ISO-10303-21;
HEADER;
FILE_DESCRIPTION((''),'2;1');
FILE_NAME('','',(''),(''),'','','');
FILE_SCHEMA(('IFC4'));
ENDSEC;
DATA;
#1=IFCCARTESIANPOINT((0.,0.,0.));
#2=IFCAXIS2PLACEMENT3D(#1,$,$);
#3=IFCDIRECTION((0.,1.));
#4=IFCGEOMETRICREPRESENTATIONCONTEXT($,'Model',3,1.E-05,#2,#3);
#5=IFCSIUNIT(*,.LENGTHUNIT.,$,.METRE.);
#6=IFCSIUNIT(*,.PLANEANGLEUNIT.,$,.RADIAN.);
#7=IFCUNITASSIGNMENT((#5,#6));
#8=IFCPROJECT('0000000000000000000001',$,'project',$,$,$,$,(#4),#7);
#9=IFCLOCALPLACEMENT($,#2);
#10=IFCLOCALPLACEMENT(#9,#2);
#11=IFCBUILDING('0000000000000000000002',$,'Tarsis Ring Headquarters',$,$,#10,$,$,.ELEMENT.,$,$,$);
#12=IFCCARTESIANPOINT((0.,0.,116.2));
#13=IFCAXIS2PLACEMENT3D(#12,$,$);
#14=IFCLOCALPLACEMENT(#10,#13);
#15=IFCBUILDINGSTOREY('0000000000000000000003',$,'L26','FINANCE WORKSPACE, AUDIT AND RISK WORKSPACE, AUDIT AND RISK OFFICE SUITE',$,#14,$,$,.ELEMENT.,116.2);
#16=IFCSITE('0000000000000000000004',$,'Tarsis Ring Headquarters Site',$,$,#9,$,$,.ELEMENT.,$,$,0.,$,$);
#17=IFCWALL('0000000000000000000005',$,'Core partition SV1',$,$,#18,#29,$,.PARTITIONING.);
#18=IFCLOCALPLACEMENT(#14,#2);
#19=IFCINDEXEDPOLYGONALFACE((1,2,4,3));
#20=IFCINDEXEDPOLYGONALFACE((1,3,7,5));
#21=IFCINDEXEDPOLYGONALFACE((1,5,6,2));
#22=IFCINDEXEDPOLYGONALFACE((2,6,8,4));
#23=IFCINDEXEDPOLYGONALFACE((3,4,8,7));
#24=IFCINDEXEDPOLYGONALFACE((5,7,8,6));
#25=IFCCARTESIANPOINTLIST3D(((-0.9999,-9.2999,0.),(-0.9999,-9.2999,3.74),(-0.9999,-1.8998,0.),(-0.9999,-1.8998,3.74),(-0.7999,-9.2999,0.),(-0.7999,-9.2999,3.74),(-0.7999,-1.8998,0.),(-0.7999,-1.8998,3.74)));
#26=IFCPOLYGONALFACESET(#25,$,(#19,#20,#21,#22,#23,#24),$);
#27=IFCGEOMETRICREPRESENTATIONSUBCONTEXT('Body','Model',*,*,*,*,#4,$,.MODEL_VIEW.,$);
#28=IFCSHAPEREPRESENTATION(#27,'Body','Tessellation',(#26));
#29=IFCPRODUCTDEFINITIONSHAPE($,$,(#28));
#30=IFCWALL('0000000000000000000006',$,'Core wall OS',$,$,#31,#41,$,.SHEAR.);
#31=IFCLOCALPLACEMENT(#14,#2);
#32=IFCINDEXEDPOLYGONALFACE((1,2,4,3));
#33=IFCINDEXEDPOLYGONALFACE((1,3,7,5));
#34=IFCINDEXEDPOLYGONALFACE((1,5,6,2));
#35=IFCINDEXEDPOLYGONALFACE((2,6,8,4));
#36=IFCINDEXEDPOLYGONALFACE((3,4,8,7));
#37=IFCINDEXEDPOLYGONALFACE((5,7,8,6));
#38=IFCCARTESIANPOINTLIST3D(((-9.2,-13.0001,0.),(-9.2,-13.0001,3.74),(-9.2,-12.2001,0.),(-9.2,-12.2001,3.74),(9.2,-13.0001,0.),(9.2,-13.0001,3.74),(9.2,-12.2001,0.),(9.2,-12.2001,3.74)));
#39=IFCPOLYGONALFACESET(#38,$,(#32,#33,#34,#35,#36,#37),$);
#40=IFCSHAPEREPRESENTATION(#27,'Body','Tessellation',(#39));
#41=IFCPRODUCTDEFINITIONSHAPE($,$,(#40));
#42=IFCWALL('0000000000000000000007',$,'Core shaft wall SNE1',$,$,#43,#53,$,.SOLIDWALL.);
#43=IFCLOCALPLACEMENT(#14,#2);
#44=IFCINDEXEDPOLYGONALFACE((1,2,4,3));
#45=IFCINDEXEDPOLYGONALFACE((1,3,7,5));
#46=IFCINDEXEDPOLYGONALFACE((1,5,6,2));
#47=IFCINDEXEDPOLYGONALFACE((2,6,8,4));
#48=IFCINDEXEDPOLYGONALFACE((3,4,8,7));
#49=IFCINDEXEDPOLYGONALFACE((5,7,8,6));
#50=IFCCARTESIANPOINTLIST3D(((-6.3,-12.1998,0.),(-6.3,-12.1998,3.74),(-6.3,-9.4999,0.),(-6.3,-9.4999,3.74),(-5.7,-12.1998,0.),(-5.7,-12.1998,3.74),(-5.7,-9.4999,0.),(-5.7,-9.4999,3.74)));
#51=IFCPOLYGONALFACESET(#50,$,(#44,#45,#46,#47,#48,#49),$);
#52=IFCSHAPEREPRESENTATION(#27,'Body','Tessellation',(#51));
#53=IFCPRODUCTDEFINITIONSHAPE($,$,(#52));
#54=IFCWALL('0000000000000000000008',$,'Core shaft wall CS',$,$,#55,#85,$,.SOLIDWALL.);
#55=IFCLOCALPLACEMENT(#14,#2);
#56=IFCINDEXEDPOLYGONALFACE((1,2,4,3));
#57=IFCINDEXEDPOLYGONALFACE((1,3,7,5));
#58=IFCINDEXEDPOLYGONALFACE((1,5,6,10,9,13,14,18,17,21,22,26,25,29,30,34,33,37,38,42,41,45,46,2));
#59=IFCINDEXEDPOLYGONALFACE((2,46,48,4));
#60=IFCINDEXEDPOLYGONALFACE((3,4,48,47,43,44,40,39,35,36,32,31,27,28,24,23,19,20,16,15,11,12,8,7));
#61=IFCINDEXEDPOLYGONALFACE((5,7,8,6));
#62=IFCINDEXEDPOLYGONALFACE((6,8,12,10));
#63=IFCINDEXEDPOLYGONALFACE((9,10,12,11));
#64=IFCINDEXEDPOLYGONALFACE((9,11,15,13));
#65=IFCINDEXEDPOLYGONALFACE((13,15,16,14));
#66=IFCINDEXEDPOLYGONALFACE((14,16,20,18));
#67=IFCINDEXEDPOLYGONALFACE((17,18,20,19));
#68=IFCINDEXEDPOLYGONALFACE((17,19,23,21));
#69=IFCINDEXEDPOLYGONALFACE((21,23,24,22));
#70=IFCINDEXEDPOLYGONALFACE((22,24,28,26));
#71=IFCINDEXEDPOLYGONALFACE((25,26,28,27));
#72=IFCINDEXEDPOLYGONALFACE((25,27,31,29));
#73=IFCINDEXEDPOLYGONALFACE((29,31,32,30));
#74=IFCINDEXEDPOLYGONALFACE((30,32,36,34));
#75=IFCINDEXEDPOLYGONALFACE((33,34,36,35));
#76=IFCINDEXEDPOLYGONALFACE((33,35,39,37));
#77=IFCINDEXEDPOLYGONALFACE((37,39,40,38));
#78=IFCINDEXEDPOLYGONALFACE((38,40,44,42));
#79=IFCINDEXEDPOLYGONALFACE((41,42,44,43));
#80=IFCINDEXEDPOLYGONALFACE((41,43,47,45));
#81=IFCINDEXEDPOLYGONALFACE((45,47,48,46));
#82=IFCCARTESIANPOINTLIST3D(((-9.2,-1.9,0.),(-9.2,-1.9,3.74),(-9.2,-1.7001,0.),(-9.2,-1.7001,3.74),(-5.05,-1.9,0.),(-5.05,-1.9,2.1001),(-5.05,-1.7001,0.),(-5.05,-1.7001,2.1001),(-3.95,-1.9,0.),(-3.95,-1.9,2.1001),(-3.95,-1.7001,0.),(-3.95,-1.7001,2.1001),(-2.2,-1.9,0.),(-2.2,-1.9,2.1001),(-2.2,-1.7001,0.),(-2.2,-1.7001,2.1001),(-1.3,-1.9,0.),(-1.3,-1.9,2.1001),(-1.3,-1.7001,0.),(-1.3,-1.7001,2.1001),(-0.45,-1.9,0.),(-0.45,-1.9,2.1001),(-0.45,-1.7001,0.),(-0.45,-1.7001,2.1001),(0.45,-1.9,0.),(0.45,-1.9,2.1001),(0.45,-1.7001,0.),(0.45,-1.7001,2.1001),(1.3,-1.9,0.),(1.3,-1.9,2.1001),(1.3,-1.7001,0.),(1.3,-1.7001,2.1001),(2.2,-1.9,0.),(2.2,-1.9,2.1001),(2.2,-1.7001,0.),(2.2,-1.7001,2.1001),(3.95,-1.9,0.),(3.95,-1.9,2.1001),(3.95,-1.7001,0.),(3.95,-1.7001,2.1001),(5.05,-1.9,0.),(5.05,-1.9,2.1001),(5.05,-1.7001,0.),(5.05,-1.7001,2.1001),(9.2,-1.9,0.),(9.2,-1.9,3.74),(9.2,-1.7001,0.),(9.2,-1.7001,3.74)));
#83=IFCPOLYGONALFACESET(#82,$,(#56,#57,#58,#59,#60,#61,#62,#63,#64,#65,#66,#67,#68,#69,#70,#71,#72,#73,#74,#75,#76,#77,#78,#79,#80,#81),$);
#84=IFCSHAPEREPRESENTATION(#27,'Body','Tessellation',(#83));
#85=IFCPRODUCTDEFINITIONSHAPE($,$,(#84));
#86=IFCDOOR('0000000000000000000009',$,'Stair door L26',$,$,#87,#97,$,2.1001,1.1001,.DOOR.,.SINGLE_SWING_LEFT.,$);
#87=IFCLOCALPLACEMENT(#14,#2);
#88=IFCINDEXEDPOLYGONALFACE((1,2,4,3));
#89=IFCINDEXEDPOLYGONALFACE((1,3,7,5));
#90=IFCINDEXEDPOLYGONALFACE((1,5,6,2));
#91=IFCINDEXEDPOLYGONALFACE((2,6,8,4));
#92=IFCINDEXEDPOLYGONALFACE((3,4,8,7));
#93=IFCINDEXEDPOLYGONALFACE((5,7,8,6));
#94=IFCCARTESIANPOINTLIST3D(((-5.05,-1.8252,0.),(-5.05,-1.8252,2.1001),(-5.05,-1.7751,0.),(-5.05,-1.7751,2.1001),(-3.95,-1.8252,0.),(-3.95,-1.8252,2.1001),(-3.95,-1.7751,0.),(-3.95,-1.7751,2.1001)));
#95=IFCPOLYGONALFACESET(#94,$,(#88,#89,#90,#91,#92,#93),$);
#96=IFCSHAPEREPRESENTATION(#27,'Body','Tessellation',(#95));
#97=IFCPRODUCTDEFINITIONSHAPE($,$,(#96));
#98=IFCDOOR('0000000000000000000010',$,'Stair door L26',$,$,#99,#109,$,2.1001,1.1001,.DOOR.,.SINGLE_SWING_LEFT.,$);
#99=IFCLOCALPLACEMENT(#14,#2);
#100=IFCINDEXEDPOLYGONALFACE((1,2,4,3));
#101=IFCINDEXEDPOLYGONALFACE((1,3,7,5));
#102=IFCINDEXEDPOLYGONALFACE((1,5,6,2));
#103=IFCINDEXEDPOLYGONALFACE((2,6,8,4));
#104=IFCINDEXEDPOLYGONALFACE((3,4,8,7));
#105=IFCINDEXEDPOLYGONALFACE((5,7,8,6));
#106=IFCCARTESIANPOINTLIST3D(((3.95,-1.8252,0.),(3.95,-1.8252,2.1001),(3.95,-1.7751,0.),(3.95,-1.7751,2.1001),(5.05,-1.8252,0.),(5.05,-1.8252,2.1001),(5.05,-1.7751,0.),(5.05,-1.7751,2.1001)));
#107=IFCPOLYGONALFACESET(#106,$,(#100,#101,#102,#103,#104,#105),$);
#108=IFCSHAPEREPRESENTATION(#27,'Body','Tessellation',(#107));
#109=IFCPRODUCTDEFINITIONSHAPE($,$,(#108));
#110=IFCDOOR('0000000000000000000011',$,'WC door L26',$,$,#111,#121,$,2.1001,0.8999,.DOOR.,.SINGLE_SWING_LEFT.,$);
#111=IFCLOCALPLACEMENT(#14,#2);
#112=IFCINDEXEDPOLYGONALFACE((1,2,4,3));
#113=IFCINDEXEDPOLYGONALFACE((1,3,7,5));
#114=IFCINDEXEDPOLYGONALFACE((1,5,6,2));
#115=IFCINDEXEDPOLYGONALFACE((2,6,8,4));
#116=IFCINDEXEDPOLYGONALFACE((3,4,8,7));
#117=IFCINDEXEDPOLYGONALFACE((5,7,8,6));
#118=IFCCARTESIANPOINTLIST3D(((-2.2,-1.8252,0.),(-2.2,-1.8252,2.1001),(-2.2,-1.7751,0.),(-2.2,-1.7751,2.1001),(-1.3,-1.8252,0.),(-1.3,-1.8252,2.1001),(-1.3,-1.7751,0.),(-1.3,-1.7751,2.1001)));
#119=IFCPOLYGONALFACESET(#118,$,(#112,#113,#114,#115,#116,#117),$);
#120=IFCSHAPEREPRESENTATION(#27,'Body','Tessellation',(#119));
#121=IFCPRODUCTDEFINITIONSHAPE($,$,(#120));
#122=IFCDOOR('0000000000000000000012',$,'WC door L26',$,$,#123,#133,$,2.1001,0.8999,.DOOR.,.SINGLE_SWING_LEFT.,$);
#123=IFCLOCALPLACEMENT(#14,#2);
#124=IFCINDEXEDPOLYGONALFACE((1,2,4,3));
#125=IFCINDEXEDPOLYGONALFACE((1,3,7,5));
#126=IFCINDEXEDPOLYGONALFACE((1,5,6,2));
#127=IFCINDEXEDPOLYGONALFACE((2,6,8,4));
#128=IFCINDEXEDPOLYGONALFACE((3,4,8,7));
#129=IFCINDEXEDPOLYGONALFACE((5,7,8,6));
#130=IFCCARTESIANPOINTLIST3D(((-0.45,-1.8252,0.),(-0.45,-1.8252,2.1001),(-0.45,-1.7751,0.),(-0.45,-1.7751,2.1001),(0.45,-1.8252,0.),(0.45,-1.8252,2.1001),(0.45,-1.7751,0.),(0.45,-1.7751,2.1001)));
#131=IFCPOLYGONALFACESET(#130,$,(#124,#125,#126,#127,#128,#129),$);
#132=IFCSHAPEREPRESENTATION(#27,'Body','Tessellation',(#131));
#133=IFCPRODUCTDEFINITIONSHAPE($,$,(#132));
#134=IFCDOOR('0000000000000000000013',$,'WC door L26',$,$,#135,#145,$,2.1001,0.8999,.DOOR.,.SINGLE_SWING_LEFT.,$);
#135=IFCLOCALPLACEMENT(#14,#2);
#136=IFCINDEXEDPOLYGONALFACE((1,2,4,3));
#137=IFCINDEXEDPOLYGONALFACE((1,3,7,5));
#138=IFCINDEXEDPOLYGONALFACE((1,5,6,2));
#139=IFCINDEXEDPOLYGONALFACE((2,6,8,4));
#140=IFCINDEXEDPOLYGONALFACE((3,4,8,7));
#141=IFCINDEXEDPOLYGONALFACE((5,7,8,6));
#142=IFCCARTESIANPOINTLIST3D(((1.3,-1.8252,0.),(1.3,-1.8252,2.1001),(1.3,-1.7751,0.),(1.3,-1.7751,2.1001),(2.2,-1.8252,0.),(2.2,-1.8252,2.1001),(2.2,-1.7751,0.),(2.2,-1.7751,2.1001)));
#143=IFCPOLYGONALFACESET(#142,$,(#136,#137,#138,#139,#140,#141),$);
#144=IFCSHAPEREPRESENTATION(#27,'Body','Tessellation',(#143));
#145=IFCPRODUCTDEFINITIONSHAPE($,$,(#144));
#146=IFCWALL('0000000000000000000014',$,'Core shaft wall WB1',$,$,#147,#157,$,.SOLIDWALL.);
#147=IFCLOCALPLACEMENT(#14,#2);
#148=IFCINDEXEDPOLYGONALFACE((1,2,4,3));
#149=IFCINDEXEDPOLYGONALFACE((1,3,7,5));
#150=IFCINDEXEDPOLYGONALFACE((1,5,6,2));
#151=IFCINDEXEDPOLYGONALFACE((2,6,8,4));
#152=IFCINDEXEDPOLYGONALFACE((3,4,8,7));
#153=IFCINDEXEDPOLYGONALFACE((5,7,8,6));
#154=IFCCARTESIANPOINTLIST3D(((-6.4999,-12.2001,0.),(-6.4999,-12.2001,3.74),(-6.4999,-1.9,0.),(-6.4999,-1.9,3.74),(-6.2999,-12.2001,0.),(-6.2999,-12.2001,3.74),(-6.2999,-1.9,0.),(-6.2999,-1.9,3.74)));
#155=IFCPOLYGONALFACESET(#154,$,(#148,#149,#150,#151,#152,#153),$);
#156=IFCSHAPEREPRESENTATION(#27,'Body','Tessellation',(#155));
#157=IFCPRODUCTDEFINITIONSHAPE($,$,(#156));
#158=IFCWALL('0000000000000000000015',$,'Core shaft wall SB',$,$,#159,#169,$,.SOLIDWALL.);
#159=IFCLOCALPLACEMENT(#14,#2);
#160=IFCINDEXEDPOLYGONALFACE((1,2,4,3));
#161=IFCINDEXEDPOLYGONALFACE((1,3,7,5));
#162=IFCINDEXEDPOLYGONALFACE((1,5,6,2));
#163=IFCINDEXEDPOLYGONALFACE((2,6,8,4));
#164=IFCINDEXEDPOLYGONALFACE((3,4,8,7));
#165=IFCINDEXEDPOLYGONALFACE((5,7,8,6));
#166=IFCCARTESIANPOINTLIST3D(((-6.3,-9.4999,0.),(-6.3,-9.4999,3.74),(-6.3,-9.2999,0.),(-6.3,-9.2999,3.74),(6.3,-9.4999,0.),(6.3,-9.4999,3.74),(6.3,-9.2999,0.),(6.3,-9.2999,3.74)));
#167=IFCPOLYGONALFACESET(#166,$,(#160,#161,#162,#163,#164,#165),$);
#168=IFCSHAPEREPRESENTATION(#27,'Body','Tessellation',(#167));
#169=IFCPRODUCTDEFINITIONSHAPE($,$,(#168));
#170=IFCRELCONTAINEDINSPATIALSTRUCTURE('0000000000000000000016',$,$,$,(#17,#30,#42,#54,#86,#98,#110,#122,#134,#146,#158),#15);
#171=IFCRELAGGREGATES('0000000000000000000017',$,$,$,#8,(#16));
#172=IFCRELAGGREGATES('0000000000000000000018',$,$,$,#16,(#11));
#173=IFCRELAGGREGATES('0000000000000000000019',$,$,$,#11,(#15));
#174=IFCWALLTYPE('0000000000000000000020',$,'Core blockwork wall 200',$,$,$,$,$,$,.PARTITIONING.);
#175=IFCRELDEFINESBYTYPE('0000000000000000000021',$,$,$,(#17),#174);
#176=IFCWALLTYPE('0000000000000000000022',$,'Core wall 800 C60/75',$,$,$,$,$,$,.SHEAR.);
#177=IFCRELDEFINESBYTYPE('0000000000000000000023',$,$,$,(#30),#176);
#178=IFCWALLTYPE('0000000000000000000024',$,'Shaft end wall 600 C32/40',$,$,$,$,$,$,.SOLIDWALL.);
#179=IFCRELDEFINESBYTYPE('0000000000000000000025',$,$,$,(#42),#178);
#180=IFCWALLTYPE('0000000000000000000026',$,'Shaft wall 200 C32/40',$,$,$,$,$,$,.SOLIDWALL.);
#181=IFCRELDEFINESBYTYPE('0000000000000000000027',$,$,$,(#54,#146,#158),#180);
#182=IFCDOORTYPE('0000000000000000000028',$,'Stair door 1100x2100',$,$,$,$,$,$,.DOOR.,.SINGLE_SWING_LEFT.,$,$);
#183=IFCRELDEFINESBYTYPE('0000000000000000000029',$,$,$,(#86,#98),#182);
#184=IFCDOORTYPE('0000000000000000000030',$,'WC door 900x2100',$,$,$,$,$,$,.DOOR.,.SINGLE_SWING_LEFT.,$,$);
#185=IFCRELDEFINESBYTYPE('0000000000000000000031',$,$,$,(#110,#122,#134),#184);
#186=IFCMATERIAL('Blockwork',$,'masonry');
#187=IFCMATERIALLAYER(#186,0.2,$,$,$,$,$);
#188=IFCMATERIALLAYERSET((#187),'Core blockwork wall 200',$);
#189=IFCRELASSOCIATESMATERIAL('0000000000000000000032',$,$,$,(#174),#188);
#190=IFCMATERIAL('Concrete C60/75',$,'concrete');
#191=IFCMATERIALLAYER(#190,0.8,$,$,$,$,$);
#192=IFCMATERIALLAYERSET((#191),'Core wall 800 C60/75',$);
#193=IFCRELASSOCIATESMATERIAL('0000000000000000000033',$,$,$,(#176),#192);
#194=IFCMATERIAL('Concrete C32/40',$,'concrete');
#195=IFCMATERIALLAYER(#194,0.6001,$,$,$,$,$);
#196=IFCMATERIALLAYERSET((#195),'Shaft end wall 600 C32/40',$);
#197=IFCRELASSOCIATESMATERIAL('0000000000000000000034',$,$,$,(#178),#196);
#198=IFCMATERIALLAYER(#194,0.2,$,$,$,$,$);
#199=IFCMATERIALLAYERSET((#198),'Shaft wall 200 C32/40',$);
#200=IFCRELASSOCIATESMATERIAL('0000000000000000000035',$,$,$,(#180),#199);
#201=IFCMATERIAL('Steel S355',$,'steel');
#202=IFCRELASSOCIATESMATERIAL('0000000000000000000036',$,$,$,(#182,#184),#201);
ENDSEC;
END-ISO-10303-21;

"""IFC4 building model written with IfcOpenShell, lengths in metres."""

from ifc_helpers import new_model, si_unit, direction, frame, frame_2d, origin, place, context, subcontext, project, spatial, rectangle, extrude, material, layer, layer_set, type_object, element, fill, save


model = new_model("IFC4")

# Units and contexts
model_context = context("Model", 3, precision=1e-05, world=origin(), true_north=direction((0.0, 1.0)))
body_context = subcontext(model_context, "Body", "Model", "MODEL_VIEW")
ifc_project = project(units=[si_unit("LENGTHUNIT", "METRE"), si_unit("PLANEANGLEUNIT", "RADIAN")], contexts=[model_context])

# Site, building, storey
site_placement = place(None, origin())
site = spatial("IfcSite", under=ifc_project, at=site_placement, Name="Tarsis Ring Headquarters Site", CompositionType="ELEMENT", RefElevation=0.0)
building_placement = place(site_placement, origin())
building = spatial("IfcBuilding", under=site, at=building_placement, Name="Tarsis Ring Headquarters", CompositionType="ELEMENT")
storey_placement = place(building_placement, frame((0.0, 0.0, 116.2)))
storey = spatial("IfcBuildingStorey", under=building, at=storey_placement, Name="L26", Description="FINANCE WORKSPACE, AUDIT AND RISK WORKSPACE, AUDIT AND RISK OFFICE SUITE", CompositionType="ELEMENT", Elevation=116.2)

# Walls
ifc_material_1 = material(Name="Blockwork", Category="masonry")
ifc_layer_1 = layer(ifc_material_1, 0.2)
ifc_layer_set_1 = layer_set([ifc_layer_1], Name="Core blockwork wall 200")
wall_type_1 = type_object("IfcWallType", Name="Core blockwork wall 200", PredefinedType="PARTITIONING", material=ifc_layer_set_1)
wall_1_placement = place(storey_placement, frame((-0.8999, -9.3, 0.0), z_axis=(0.0, 0.0, 1.0), x_axis=(0.0, 1.0, 0.0)))
element("IfcWall", 1, at=wall_1_placement, inside=storey, type_object=wall_type_1, Name="Core partition SV1", PredefinedType="PARTITIONING", context=body_context, shape_type="SweptSolid", body=[
    extrude(rectangle(XDim=7.4001, YDim=0.2, at=frame_2d((3.7002, 0.0))), origin(), (0.0, 0.0, 1.0), 3.74),
])
ifc_material_2 = material(Name="Concrete C60/75", Category="concrete")
ifc_layer_2 = layer(ifc_material_2, 0.8)
ifc_layer_set_2 = layer_set([ifc_layer_2], Name="Core wall 800 C60/75")
wall_type_2 = type_object("IfcWallType", Name="Core wall 800 C60/75", PredefinedType="SHEAR", material=ifc_layer_set_2)
wall_2_placement = place(storey_placement, frame((-9.2, -12.6001, 0.0), z_axis=(0.0, 0.0, 1.0), x_axis=(1.0, 0.0, 0.0)))
element("IfcWall", 2, at=wall_2_placement, inside=storey, type_object=wall_type_2, Name="Core wall OS", PredefinedType="SHEAR", context=body_context, shape_type="SweptSolid", body=[
    extrude(rectangle(XDim=18.3999, YDim=0.8, at=frame_2d((9.2, 0.0))), origin(), (0.0, 0.0, 1.0), 3.74),
])
ifc_material_3 = material(Name="Concrete C32/40", Category="concrete")
ifc_layer_3 = layer(ifc_material_3, 0.6001)
ifc_layer_set_3 = layer_set([ifc_layer_3], Name="Shaft end wall 600 C32/40")
wall_type_3 = type_object("IfcWallType", Name="Shaft end wall 600 C32/40", PredefinedType="SOLIDWALL", material=ifc_layer_set_3)
wall_3_placement = place(storey_placement, frame((-6.0, -12.2, 0.0), z_axis=(0.0, 0.0, 1.0), x_axis=(0.0, 1.0, 0.0)))
element("IfcWall", 3, at=wall_3_placement, inside=storey, type_object=wall_type_3, Name="Core shaft wall SNE1", PredefinedType="SOLIDWALL", context=body_context, shape_type="SweptSolid", body=[
    extrude(rectangle(XDim=2.7, YDim=0.6001, at=frame_2d((1.3501, 0.0))), origin(), (0.0, 0.0, 1.0), 3.74),
])

# Wall, openings, doors
ifc_layer_4 = layer(ifc_material_3, 0.2)
ifc_layer_set_4 = layer_set([ifc_layer_4], Name="Shaft wall 200 C32/40")
wall_type_4 = type_object("IfcWallType", Name="Shaft wall 200 C32/40", PredefinedType="SOLIDWALL", material=ifc_layer_set_4)
wall_4_placement = place(storey_placement, frame((-9.2, -1.8, 0.0), z_axis=(0.0, 0.0, 1.0), x_axis=(1.0, 0.0, 0.0)))
wall_4 = element("IfcWall", 4, at=wall_4_placement, inside=storey, type_object=wall_type_4, Name="Core shaft wall CS", PredefinedType="SOLIDWALL", context=body_context, shape_type="SweptSolid", body=[
    extrude(rectangle(XDim=18.3999, YDim=0.2, at=frame_2d((9.2, 0.0))), origin(), (0.0, 0.0, 1.0), 3.74),
])
opening_1_placement = place(wall_4_placement, frame((4.1499, 0.0, 0.0)))
opening_1 = element("IfcOpeningElement", 5, at=opening_1_placement, cuts=wall_4, PredefinedType="OPENING", context=body_context, shape_type="SweptSolid", body=[
    extrude(rectangle(XDim=1.1001, YDim=2.1001, at=frame_2d((0.55, 1.05))), frame((0.0, 0.1099, 0.0), z_axis=(0.0, -1.0, 0.0), x_axis=(1.0, 0.0, 0.0)), (0.0, 0.0, 1.0), 0.22),
])
opening_2_placement = place(wall_4_placement, frame((7.0, 0.0, 0.0)))
opening_2 = element("IfcOpeningElement", 6, at=opening_2_placement, cuts=wall_4, PredefinedType="OPENING", context=body_context, shape_type="SweptSolid", body=[
    extrude(rectangle(XDim=0.8999, YDim=2.1001, at=frame_2d((0.45, 1.05))), frame((0.0, 0.1099, 0.0), z_axis=(0.0, -1.0, 0.0), x_axis=(1.0, 0.0, 0.0)), (0.0, 0.0, 1.0), 0.22),
])
opening_3_placement = place(wall_4_placement, frame((8.75, 0.0, 0.0)))
opening_3 = element("IfcOpeningElement", 7, at=opening_3_placement, cuts=wall_4, PredefinedType="OPENING", context=body_context, shape_type="SweptSolid", body=[
    extrude(rectangle(XDim=0.8999, YDim=2.1001, at=frame_2d((0.45, 1.05))), frame((0.0, 0.1099, 0.0), z_axis=(0.0, -1.0, 0.0), x_axis=(1.0, 0.0, 0.0)), (0.0, 0.0, 1.0), 0.22),
])
opening_4_placement = place(wall_4_placement, frame((10.5, 0.0, 0.0)))
opening_4 = element("IfcOpeningElement", 8, at=opening_4_placement, cuts=wall_4, PredefinedType="OPENING", context=body_context, shape_type="SweptSolid", body=[
    extrude(rectangle(XDim=0.8999, YDim=2.1001, at=frame_2d((0.45, 1.05))), frame((0.0, 0.1099, 0.0), z_axis=(0.0, -1.0, 0.0), x_axis=(1.0, 0.0, 0.0)), (0.0, 0.0, 1.0), 0.22),
])
opening_5_placement = place(wall_4_placement, frame((13.1499, 0.0, 0.0)))
opening_5 = element("IfcOpeningElement", 9, at=opening_5_placement, cuts=wall_4, PredefinedType="OPENING", context=body_context, shape_type="SweptSolid", body=[
    extrude(rectangle(XDim=1.1001, YDim=2.1001, at=frame_2d((0.55, 1.05))), frame((0.0, 0.1099, 0.0), z_axis=(0.0, -1.0, 0.0), x_axis=(1.0, 0.0, 0.0)), (0.0, 0.0, 1.0), 0.22),
])
ifc_material_4 = material(Name="Steel S355", Category="steel")
door_type_1 = type_object("IfcDoorType", Name="Stair door 1100x2100", OperationType="SINGLE_SWING_LEFT", PredefinedType="DOOR", material=ifc_material_4)
door_1_placement = place(opening_1_placement, origin())
door_1 = element("IfcDoor", 10, at=door_1_placement, inside=storey, type_object=door_type_1, Name="Stair door L26", OperationType="SINGLE_SWING_LEFT", OverallHeight=2.1001, OverallWidth=1.1001, PredefinedType="DOOR", context=body_context, shape_type="SweptSolid", body=[
    extrude(rectangle(XDim=1.1001, YDim=2.1001, at=frame_2d((0.55, 1.05))), frame((0.0, 0.0249, 0.0), z_axis=(0.0, -1.0, 0.0), x_axis=(1.0, 0.0, 0.0)), (0.0, 0.0, 1.0), 0.05),
])
fill(opening_1, door_1)
door_2_placement = place(opening_5_placement, origin())
door_2 = element("IfcDoor", 11, at=door_2_placement, inside=storey, type_object=door_type_1, Name="Stair door L26", OperationType="SINGLE_SWING_LEFT", OverallHeight=2.1001, OverallWidth=1.1001, PredefinedType="DOOR", context=body_context, shape_type="SweptSolid", body=[
    extrude(rectangle(XDim=1.1001, YDim=2.1001, at=frame_2d((0.55, 1.05))), frame((0.0, 0.0249, 0.0), z_axis=(0.0, -1.0, 0.0), x_axis=(1.0, 0.0, 0.0)), (0.0, 0.0, 1.0), 0.05),
])
fill(opening_5, door_2)
door_type_2 = type_object("IfcDoorType", Name="WC door 900x2100", OperationType="SINGLE_SWING_LEFT", PredefinedType="DOOR", material=ifc_material_4)
door_3_placement = place(opening_2_placement, origin())
door_3 = element("IfcDoor", 12, at=door_3_placement, inside=storey, type_object=door_type_2, Name="WC door L26", OperationType="SINGLE_SWING_LEFT", OverallHeight=2.1001, OverallWidth=0.8999, PredefinedType="DOOR", context=body_context, shape_type="SweptSolid", body=[
    extrude(rectangle(XDim=0.8999, YDim=2.1001, at=frame_2d((0.45, 1.05))), frame((0.0, 0.0249, 0.0), z_axis=(0.0, -1.0, 0.0), x_axis=(1.0, 0.0, 0.0)), (0.0, 0.0, 1.0), 0.05),
])
fill(opening_2, door_3)
door_4_placement = place(opening_3_placement, origin())
door_4 = element("IfcDoor", 13, at=door_4_placement, inside=storey, type_object=door_type_2, Name="WC door L26", OperationType="SINGLE_SWING_LEFT", OverallHeight=2.1001, OverallWidth=0.8999, PredefinedType="DOOR", context=body_context, shape_type="SweptSolid", body=[
    extrude(rectangle(XDim=0.8999, YDim=2.1001, at=frame_2d((0.45, 1.05))), frame((0.0, 0.0249, 0.0), z_axis=(0.0, -1.0, 0.0), x_axis=(1.0, 0.0, 0.0)), (0.0, 0.0, 1.0), 0.05),
])
fill(opening_3, door_4)
door_5_placement = place(opening_4_placement, origin())
door_5 = element("IfcDoor", 14, at=door_5_placement, inside=storey, type_object=door_type_2, Name="WC door L26", OperationType="SINGLE_SWING_LEFT", OverallHeight=2.1001, OverallWidth=0.8999, PredefinedType="DOOR", context=body_context, shape_type="SweptSolid", body=[
    extrude(rectangle(XDim=0.8999, YDim=2.1001, at=frame_2d((0.45, 1.05))), frame((0.0, 0.0249, 0.0), z_axis=(0.0, -1.0, 0.0), x_axis=(1.0, 0.0, 0.0)), (0.0, 0.0, 1.0), 0.05),
])
fill(opening_4, door_5)

# Walls
wall_5_placement = place(storey_placement, frame((-6.3999, -12.2, 0.0), z_axis=(0.0, 0.0, 1.0), x_axis=(0.0, 1.0, 0.0)))
element("IfcWall", 15, at=wall_5_placement, inside=storey, type_object=wall_type_4, Name="Core shaft wall WB1", PredefinedType="SOLIDWALL", context=body_context, shape_type="SweptSolid", body=[
    extrude(rectangle(XDim=10.3, YDim=0.2, at=frame_2d((5.1499, 0.0))), origin(), (0.0, 0.0, 1.0), 3.74),
])
wall_6_placement = place(storey_placement, frame((-6.3, -9.3999, 0.0), z_axis=(0.0, 0.0, 1.0), x_axis=(1.0, 0.0, 0.0)))
element("IfcWall", 16, at=wall_6_placement, inside=storey, type_object=wall_type_4, Name="Core shaft wall SB", PredefinedType="SOLIDWALL", context=body_context, shape_type="SweptSolid", body=[
    extrude(rectangle(XDim=12.6001, YDim=0.2, at=frame_2d((6.3, 0.0))), origin(), (0.0, 0.0, 1.0), 3.74),
])

save(model, "model.ifc")
